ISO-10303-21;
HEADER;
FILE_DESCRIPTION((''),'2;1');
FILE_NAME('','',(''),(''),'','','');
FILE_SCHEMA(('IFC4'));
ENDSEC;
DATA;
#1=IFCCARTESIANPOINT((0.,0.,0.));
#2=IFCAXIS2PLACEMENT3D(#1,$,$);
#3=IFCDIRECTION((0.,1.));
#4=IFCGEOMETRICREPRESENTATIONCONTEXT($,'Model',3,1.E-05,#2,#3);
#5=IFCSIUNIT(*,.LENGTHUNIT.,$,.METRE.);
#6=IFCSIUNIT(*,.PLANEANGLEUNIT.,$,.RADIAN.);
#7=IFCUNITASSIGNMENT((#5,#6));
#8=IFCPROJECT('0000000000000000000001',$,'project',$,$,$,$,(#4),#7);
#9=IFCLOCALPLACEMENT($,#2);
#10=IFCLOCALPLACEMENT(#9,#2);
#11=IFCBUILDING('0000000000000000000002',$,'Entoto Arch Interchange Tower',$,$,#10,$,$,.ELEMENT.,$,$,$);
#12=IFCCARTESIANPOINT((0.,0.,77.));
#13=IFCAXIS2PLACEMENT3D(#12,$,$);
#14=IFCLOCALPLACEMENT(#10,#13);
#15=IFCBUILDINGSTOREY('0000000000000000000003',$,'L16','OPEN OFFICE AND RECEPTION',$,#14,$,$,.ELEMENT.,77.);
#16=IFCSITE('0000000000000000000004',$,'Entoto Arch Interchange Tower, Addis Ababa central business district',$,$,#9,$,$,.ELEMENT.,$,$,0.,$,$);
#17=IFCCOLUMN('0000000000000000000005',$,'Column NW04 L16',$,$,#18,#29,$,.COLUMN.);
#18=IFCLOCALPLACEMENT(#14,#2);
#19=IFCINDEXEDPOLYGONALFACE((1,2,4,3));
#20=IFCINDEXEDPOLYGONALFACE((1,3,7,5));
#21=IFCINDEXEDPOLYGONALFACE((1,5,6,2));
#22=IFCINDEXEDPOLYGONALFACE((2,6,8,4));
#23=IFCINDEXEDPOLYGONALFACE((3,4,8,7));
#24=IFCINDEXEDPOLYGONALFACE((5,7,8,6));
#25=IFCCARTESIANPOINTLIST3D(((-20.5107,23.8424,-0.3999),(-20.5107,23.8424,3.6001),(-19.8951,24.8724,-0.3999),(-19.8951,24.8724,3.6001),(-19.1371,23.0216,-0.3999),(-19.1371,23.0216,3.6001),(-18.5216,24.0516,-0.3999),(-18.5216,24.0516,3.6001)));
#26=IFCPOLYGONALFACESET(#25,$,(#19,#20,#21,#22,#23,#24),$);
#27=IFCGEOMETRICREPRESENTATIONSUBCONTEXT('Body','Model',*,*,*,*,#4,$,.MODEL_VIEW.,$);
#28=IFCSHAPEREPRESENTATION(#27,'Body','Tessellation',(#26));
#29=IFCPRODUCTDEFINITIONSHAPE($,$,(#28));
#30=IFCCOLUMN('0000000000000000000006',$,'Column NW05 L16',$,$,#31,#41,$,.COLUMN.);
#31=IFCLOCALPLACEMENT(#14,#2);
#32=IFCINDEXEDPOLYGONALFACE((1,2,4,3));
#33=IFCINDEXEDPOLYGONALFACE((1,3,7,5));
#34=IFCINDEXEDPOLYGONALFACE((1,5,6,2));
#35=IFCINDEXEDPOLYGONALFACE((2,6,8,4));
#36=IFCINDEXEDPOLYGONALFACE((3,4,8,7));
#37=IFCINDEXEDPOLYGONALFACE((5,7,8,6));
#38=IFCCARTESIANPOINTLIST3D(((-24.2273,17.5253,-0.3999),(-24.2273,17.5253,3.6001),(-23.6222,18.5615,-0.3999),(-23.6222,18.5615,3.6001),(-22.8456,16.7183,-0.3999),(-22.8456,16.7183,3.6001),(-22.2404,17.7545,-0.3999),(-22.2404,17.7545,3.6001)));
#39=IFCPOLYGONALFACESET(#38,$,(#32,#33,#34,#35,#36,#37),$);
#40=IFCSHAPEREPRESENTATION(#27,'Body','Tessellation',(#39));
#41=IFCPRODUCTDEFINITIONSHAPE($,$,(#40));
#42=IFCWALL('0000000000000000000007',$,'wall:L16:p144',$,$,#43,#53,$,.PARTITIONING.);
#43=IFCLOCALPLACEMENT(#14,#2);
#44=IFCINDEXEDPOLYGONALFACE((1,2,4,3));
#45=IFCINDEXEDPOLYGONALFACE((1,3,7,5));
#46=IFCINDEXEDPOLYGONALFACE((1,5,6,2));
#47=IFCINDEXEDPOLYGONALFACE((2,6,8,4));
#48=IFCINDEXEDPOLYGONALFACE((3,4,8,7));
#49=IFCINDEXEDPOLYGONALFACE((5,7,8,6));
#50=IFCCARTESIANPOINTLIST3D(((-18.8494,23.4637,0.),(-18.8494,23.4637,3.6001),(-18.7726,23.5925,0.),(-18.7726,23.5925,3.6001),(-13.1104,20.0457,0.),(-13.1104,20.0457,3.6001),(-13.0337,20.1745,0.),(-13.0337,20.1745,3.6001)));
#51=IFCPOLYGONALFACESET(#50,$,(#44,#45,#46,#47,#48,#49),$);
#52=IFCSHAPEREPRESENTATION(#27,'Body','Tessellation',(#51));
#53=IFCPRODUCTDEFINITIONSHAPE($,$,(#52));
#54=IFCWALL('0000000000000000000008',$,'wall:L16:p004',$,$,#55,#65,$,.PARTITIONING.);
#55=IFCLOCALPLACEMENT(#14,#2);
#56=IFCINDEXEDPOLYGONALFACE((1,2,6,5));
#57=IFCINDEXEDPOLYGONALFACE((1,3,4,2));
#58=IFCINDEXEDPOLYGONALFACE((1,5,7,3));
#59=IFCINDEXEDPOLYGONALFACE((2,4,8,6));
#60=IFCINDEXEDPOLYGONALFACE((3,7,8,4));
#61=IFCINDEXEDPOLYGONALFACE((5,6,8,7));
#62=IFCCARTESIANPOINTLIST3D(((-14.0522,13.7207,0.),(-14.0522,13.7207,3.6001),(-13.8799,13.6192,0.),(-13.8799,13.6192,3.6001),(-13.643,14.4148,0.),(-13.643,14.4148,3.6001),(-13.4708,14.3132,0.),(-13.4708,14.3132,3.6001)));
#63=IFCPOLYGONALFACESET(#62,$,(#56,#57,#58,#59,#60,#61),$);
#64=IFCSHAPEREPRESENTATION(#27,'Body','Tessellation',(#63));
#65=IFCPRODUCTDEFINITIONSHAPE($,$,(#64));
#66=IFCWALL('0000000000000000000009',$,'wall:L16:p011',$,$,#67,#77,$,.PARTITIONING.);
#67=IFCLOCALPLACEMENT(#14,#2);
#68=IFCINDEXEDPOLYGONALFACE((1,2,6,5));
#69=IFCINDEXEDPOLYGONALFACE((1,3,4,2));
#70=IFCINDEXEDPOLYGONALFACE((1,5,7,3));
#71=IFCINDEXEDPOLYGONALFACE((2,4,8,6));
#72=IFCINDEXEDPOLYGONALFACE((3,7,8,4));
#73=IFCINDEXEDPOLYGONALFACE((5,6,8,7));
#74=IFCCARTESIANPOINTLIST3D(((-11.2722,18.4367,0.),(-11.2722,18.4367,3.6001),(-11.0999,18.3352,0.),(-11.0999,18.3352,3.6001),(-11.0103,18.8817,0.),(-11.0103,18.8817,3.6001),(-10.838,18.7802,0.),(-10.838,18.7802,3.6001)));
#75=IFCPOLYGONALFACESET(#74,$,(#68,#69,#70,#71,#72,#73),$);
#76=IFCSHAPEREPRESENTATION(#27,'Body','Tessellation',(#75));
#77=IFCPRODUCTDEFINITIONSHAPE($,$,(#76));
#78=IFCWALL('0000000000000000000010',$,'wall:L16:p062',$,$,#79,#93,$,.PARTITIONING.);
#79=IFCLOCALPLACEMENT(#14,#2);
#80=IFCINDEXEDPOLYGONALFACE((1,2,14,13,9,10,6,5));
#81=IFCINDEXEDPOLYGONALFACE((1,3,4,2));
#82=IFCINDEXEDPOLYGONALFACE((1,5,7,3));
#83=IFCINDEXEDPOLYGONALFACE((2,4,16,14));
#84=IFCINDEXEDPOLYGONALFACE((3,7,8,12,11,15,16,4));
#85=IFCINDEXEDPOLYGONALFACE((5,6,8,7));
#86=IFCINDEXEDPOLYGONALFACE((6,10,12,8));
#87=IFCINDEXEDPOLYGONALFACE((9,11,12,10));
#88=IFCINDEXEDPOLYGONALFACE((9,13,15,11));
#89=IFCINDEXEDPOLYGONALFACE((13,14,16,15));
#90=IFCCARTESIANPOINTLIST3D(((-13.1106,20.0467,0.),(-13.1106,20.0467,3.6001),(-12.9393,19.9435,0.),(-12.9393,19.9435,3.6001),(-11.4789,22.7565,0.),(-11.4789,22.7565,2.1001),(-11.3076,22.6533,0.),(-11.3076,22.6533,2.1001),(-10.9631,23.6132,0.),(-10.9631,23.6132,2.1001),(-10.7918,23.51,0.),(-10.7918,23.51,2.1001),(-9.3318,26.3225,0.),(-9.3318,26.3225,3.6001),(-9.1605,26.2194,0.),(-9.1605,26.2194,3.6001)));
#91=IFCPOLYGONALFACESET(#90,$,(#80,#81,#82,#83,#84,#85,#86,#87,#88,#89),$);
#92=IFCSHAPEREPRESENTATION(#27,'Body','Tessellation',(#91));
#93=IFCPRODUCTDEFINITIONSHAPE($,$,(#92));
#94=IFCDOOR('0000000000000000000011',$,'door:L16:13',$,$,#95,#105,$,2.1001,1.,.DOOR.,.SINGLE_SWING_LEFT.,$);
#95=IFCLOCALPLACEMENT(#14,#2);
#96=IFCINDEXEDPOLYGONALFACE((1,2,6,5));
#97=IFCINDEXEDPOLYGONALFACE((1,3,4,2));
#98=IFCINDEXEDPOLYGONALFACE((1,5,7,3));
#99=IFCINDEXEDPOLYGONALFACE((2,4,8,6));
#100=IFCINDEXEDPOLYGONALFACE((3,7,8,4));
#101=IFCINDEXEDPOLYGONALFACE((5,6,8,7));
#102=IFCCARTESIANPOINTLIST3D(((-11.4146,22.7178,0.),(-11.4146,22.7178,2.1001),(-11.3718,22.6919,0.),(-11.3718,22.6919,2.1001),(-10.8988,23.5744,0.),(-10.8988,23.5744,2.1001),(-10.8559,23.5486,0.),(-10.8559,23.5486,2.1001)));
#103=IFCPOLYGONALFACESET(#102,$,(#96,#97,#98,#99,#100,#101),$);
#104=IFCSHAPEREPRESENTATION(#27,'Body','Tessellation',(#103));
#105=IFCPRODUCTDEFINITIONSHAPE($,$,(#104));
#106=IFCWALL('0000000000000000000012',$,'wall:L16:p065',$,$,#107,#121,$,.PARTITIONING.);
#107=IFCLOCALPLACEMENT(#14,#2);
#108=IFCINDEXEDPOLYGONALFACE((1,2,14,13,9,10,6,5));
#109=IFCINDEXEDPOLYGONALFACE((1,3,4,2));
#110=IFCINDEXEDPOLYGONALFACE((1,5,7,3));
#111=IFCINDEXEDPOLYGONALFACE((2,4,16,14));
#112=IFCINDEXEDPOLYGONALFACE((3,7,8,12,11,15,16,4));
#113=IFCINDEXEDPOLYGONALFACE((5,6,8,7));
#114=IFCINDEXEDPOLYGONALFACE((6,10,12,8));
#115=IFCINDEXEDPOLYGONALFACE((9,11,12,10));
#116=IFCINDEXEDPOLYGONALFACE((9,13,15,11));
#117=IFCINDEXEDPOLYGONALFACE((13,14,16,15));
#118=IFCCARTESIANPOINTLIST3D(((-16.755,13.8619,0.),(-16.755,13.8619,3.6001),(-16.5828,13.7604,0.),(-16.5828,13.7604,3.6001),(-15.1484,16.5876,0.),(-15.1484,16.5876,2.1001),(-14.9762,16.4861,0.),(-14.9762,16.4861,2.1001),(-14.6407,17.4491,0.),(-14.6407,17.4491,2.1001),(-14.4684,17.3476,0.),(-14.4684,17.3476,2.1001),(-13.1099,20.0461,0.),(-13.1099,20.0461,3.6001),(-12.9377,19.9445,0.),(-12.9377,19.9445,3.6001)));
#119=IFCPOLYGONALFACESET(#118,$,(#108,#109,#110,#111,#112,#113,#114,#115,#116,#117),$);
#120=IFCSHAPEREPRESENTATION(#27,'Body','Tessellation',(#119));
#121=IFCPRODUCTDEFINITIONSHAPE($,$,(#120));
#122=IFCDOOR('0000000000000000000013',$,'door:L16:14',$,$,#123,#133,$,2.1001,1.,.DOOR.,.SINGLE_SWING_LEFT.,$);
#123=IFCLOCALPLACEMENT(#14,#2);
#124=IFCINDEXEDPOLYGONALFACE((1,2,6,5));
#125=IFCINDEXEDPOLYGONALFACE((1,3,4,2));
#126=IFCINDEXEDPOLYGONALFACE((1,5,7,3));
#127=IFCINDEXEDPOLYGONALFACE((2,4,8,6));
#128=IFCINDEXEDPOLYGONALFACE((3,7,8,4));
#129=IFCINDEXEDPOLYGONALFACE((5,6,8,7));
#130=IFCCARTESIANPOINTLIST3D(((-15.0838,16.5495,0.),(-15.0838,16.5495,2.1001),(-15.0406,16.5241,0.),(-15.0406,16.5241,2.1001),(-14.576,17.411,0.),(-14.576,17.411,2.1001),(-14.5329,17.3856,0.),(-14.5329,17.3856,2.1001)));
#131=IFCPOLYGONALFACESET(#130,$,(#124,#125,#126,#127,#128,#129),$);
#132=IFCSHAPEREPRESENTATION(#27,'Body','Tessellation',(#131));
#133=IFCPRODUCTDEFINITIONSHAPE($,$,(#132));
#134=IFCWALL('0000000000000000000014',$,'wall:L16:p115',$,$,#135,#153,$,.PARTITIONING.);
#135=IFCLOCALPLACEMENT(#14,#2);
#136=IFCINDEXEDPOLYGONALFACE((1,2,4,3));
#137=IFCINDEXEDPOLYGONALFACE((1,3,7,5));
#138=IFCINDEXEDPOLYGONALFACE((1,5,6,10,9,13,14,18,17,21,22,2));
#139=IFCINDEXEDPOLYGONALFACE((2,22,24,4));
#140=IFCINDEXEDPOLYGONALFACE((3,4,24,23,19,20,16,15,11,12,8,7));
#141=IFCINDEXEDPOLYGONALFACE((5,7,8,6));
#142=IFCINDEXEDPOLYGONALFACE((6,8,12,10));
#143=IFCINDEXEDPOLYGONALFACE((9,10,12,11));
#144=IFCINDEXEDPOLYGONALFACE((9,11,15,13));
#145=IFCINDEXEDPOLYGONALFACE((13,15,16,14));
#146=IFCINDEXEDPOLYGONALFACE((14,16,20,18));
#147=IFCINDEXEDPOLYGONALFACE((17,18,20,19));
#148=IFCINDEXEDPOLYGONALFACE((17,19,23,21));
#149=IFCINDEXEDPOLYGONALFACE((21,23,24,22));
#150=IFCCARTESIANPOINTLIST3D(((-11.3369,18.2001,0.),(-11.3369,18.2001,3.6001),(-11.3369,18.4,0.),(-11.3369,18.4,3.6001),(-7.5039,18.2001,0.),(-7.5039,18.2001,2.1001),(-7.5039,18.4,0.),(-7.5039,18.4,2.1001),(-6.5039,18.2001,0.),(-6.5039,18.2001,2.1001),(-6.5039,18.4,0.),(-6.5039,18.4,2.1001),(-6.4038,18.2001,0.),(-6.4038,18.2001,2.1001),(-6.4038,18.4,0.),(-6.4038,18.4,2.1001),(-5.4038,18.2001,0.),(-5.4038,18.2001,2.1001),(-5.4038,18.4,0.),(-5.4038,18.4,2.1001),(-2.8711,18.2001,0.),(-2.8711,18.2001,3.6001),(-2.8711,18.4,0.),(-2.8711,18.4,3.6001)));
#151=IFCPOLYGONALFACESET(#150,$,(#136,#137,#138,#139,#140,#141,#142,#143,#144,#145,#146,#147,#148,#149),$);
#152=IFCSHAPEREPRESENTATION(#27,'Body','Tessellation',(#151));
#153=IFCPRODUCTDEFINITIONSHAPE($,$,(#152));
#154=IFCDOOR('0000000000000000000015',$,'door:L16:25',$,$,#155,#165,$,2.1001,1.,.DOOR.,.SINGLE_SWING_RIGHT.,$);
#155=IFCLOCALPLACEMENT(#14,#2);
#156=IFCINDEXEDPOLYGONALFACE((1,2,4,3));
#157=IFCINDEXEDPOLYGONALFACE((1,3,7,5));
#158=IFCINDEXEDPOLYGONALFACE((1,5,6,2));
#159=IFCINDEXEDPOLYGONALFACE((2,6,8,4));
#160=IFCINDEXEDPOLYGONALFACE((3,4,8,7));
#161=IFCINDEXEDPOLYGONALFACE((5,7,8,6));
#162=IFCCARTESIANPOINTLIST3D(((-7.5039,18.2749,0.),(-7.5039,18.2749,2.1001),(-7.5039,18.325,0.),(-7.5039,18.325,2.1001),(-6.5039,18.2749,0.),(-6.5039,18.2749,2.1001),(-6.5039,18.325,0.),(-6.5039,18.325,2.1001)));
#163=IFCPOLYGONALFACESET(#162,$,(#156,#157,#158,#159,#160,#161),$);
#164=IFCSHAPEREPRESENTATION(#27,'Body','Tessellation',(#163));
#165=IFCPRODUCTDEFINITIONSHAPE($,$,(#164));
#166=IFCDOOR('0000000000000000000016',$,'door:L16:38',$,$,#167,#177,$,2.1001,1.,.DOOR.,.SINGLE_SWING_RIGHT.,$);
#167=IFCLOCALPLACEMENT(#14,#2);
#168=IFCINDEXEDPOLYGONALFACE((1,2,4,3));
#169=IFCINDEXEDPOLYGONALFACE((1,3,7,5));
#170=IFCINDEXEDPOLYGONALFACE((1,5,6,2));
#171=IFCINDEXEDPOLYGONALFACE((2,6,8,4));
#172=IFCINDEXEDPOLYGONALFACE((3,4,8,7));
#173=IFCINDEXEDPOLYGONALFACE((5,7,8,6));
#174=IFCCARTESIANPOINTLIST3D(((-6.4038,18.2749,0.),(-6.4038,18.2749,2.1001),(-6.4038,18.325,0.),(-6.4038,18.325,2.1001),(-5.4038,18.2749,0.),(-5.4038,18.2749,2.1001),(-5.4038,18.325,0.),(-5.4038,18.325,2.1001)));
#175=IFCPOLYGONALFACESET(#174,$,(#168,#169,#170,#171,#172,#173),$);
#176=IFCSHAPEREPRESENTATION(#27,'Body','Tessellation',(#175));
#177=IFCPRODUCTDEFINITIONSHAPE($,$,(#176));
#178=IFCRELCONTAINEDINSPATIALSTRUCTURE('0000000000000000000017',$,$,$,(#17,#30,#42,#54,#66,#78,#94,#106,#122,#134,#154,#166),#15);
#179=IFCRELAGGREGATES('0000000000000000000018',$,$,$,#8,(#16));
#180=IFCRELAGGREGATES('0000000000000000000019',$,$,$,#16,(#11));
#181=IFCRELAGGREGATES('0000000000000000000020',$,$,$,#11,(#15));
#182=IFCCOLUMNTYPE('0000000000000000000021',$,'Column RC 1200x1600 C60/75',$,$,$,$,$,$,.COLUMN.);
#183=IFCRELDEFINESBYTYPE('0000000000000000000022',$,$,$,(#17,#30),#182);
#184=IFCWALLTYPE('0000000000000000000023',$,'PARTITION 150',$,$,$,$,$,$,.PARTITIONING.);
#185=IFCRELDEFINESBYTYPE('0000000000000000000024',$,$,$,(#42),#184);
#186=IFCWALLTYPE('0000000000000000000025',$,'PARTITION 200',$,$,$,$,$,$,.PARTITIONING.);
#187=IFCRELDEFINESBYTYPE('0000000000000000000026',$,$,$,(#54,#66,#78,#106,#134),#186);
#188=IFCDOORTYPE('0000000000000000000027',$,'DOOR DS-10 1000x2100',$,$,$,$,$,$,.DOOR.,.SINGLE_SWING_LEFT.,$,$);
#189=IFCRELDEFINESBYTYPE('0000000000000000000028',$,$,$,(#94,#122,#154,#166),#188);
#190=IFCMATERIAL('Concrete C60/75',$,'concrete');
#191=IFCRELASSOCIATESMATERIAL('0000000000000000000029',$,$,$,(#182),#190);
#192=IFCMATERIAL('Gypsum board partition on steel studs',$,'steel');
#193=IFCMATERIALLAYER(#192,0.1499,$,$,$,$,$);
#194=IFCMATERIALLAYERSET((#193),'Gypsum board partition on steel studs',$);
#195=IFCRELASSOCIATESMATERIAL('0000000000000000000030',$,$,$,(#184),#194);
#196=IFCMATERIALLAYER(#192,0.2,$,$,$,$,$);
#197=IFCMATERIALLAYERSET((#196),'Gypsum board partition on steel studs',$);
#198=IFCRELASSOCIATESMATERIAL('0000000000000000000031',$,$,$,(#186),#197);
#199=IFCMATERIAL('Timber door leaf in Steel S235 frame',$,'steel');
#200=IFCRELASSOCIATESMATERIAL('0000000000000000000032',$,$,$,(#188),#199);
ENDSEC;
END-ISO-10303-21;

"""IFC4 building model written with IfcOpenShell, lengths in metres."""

from ifc_helpers import new_model, si_unit, direction, frame, frame_2d, origin, origin_2d, place, context, subcontext, project, spatial, rectangle, extrude, material, layer, layer_set, material_profile, profile_set, type_object, element, fill, save


model = new_model("IFC4")

# Units and contexts
model_context = context("Model", 3, precision=1e-05, world=origin(), true_north=direction((0.0, 1.0)))
body_context = subcontext(model_context, "Body", "Model", "MODEL_VIEW")
ifc_project = project(units=[si_unit("LENGTHUNIT", "METRE"), si_unit("PLANEANGLEUNIT", "RADIAN")], contexts=[model_context])

# Site, building, storey
site_placement = place(None, origin())
site = spatial("IfcSite", under=ifc_project, at=site_placement, Name="Entoto Arch Interchange Tower, Addis Ababa central business district", CompositionType="ELEMENT", RefElevation=0.0)
building_placement = place(site_placement, origin())
building = spatial("IfcBuilding", under=site, at=building_placement, Name="Entoto Arch Interchange Tower", CompositionType="ELEMENT")
storey_placement = place(building_placement, frame((0.0, 0.0, 77.0)))
storey = spatial("IfcBuildingStorey", under=building, at=storey_placement, Name="L16", Description="OPEN OFFICE AND RECEPTION", CompositionType="ELEMENT", Elevation=77.0)

# Columns
ifc_material_1 = material(Name="Concrete C60/75", Category="concrete")
ifc_material_profile = material_profile(ifc_material_1, rectangle(XDim=1.2, YDim=1.6001, at=origin_2d()))
ifc_profile_set = profile_set([ifc_material_profile], Name="Concrete C60/75")
column_type = type_object("IfcColumnType", Name="Column RC 1200x1600 C60/75", PredefinedType="COLUMN", material=ifc_profile_set)
for number, where, z_axis, x_axis, name in (
    (1, (-19.5161, 23.947, -0.3999), (0.0, 0.0, 1.0), (0.512972, 0.858405, 0.0), "Column NW04 L16"),
    (2, (-23.2339, 17.6399, -0.3999), (0.0, 0.0, 1.0), (0.504332, 0.86351, 0.0), "Column NW05 L16"),
):
    element("IfcColumn", number, at=place(storey_placement, frame(where, z_axis=z_axis, x_axis=x_axis)), inside=storey, type_object=column_type, Name=name, PredefinedType="COLUMN", context=body_context, shape_type="SweptSolid", body=[
        extrude(rectangle(XDim=1.2, YDim=1.6001, at=origin_2d()), origin(), (0.0, 0.0, 1.0), 4.0),
    ])

# Walls
ifc_material_2 = material(Name="Gypsum board partition on steel studs", Category="steel")
ifc_layer_1 = layer(ifc_material_2, 0.1499)
ifc_layer_set_1 = layer_set([ifc_layer_1], Name="Gypsum board partition on steel studs")
wall_type_1 = type_object("IfcWallType", Name="PARTITION 150", PredefinedType="PARTITIONING", material=ifc_layer_set_1)
wall_1_placement = place(storey_placement, frame((-13.072, 20.1101, 0.0), z_axis=(0.0, 0.0, 1.0), x_axis=(-0.859169, 0.511693, 0.0)))
element("IfcWall", 3, at=wall_1_placement, inside=storey, type_object=wall_type_1, Name="wall:L16:p144", PredefinedType="PARTITIONING", context=body_context, shape_type="SweptSolid", body=[
    extrude(rectangle(XDim=6.6797, YDim=0.1499, at=frame_2d((3.3398, 0.0))), origin(), (0.0, 0.0, 1.0), 3.6001),
])
ifc_layer_2 = layer(ifc_material_2, 0.2)
ifc_layer_set_2 = layer_set([ifc_layer_2], Name="Gypsum board partition on steel studs")
wall_type_2 = type_object("IfcWallType", Name="PARTITION 200", PredefinedType="PARTITIONING", material=ifc_layer_set_2)
wall_2_placement = place(storey_placement, frame((-13.5569, 14.364, 0.0), z_axis=(0.0, 0.0, 1.0), x_axis=(-0.507841, -0.861451, 0.0)))
element("IfcWall", 4, at=wall_2_placement, inside=storey, type_object=wall_type_2, Name="wall:L16:p004", PredefinedType="PARTITIONING", context=body_context, shape_type="SweptSolid", body=[
    extrude(rectangle(XDim=0.8057, YDim=0.2, at=frame_2d((0.4028, 0.0))), origin(), (0.0, 0.0, 1.0), 3.6001),
])
wall_3_placement = place(storey_placement, frame((-10.9241, 18.8311, 0.0), z_axis=(0.0, 0.0, 1.0), x_axis=(-0.507247, -0.861801, 0.0)))
element("IfcWall", 5, at=wall_3_placement, inside=storey, type_object=wall_type_2, Name="wall:L16:p011", PredefinedType="PARTITIONING", context=body_context, shape_type="SweptSolid", body=[
    extrude(rectangle(XDim=0.5164, YDim=0.2, at=frame_2d((0.2583, 0.0))), origin(), (0.0, 0.0, 1.0), 3.6001),
])

# Walls, openings, doors
wall_4_placement = place(storey_placement, frame((-13.0249, 19.9951, 0.0), z_axis=(0.0, 0.0, 1.0), x_axis=(0.515828, 0.856692, 0.0)))
wall_4 = element("IfcWall", 6, at=wall_4_placement, inside=storey, type_object=wall_type_2, Name="wall:L16:p062", PredefinedType="PARTITIONING", context=body_context, shape_type="SweptSolid", body=[
    extrude(rectangle(XDim=7.3257, YDim=0.2, at=frame_2d((3.6628, 0.0))), origin(), (0.0, 0.0, 1.0), 3.6001),
])
opening_1_placement = place(wall_4_placement, frame((3.1631, 0.0, 0.0)))
opening_1 = element("IfcOpeningElement", 7, at=opening_1_placement, cuts=wall_4, PredefinedType="OPENING", context=body_context, shape_type="SweptSolid", body=[
    extrude(rectangle(XDim=1.0, YDim=2.1001, at=frame_2d((0.5, 1.05))), frame((0.0, 0.1099, 0.0), z_axis=(0.0, -1.0, 0.0), x_axis=(1.0, 0.0, 0.0)), (0.0, 0.0, 1.0), 0.22),
])
ifc_material_3 = material(Name="Timber door leaf in Steel S235 frame", Category="steel")
door_type = type_object("IfcDoorType", Name="DOOR DS-10 1000x2100", OperationType="SINGLE_SWING_LEFT", PredefinedType="DOOR", material=ifc_material_3)
door_1_placement = place(opening_1_placement, origin())
door_1 = element("IfcDoor", 8, at=door_1_placement, inside=storey, type_object=door_type, Name="door:L16:13", OperationType="SINGLE_SWING_LEFT", OverallHeight=2.1001, OverallWidth=1.0, PredefinedType="DOOR", context=body_context, shape_type="SweptSolid", body=[
    extrude(rectangle(XDim=1.0, YDim=2.1001, at=frame_2d((0.5, 1.05))), frame((0.0, 0.0249, 0.0), z_axis=(0.0, -1.0, 0.0), x_axis=(1.0, 0.0, 0.0)), (0.0, 0.0, 1.0), 0.05),
])
fill(opening_1, door_1)
wall_5_placement = place(storey_placement, frame((-16.6689, 13.811, 0.0), z_axis=(0.0, 0.0, 1.0), x_axis=(0.507778, 0.861488, 0.0)))
wall_5 = element("IfcWall", 9, at=wall_5_placement, inside=storey, type_object=wall_type_2, Name="wall:L16:p065", PredefinedType="PARTITIONING", context=body_context, shape_type="SweptSolid", body=[
    extrude(rectangle(XDim=7.1785, YDim=0.2, at=frame_2d((3.5894, 0.0))), origin(), (0.0, 0.0, 1.0), 3.6001),
])
opening_2_placement = place(wall_5_placement, frame((3.1641, 0.0, 0.0)))
opening_2 = element("IfcOpeningElement", 10, at=opening_2_placement, cuts=wall_5, PredefinedType="OPENING", context=body_context, shape_type="SweptSolid", body=[
    extrude(rectangle(XDim=1.0, YDim=2.1001, at=frame_2d((0.5, 1.05))), frame((0.0, 0.1099, 0.0), z_axis=(0.0, -1.0, 0.0), x_axis=(1.0, 0.0, 0.0)), (0.0, 0.0, 1.0), 0.22),
])
door_2_placement = place(opening_2_placement, origin())
door_2 = element("IfcDoor", 11, at=door_2_placement, inside=storey, type_object=door_type, Name="door:L16:14", OperationType="SINGLE_SWING_LEFT", OverallHeight=2.1001, OverallWidth=1.0, PredefinedType="DOOR", context=body_context, shape_type="SweptSolid", body=[
    extrude(rectangle(XDim=1.0, YDim=2.1001, at=frame_2d((0.5, 1.05))), frame((0.0, 0.0249, 0.0), z_axis=(0.0, -1.0, 0.0), x_axis=(1.0, 0.0, 0.0)), (0.0, 0.0, 1.0), 0.05),
])
fill(opening_2, door_2)

# Wall, openings, doors
wall_6_placement = place(storey_placement, frame((-11.3369, 18.3, 0.0), z_axis=(0.0, 0.0, 1.0), x_axis=(1.0, 0.0, 0.0)))
wall_6 = element("IfcWall", 12, at=wall_6_placement, inside=storey, type_object=wall_type_2, Name="wall:L16:p115", PredefinedType="PARTITIONING", context=body_context, shape_type="SweptSolid", body=[
    extrude(rectangle(XDim=8.4658, YDim=0.2, at=frame_2d((4.2329, 0.0))), origin(), (0.0, 0.0, 1.0), 3.6001),
])
opening_3_placement = place(wall_6_placement, frame((3.833, 0.0, 0.0)))
opening_3 = element("IfcOpeningElement", 13, at=opening_3_placement, cuts=wall_6, PredefinedType="OPENING", context=body_context, shape_type="SweptSolid", body=[
    extrude(rectangle(XDim=1.0, YDim=2.1001, at=frame_2d((0.5, 1.05))), frame((0.0, 0.1099, 0.0), z_axis=(0.0, -1.0, 0.0), x_axis=(1.0, 0.0, 0.0)), (0.0, 0.0, 1.0), 0.22),
])
opening_4_placement = place(wall_6_placement, frame((4.9331, 0.0, 0.0)))
opening_4 = element("IfcOpeningElement", 14, at=opening_4_placement, cuts=wall_6, PredefinedType="OPENING", context=body_context, shape_type="SweptSolid", body=[
    extrude(rectangle(XDim=1.0, YDim=2.1001, at=frame_2d((0.5, 1.05))), frame((0.0, 0.1099, 0.0), z_axis=(0.0, -1.0, 0.0), x_axis=(1.0, 0.0, 0.0)), (0.0, 0.0, 1.0), 0.22),
])
door_3_placement = place(opening_3_placement, origin())
door_3 = element("IfcDoor", 15, at=door_3_placement, inside=storey, type_object=door_type, Name="door:L16:25", OperationType="SINGLE_SWING_RIGHT", OverallHeight=2.1001, OverallWidth=1.0, PredefinedType="DOOR", context=body_context, shape_type="SweptSolid", body=[
    extrude(rectangle(XDim=1.0, YDim=2.1001, at=frame_2d((0.5, 1.05))), frame((0.0, 0.0249, 0.0), z_axis=(0.0, -1.0, 0.0), x_axis=(1.0, 0.0, 0.0)), (0.0, 0.0, 1.0), 0.05),
])
fill(opening_3, door_3)
door_4_placement = place(opening_4_placement, origin())
door_4 = element("IfcDoor", 16, at=door_4_placement, inside=storey, type_object=door_type, Name="door:L16:38", OperationType="SINGLE_SWING_RIGHT", OverallHeight=2.1001, OverallWidth=1.0, PredefinedType="DOOR", context=body_context, shape_type="SweptSolid", body=[
    extrude(rectangle(XDim=1.0, YDim=2.1001, at=frame_2d((0.5, 1.05))), frame((0.0, 0.0249, 0.0), z_axis=(0.0, -1.0, 0.0), x_axis=(1.0, 0.0, 0.0)), (0.0, 0.0, 1.0), 0.05),
])
fill(opening_4, door_4)

save(model, "model.ifc")
